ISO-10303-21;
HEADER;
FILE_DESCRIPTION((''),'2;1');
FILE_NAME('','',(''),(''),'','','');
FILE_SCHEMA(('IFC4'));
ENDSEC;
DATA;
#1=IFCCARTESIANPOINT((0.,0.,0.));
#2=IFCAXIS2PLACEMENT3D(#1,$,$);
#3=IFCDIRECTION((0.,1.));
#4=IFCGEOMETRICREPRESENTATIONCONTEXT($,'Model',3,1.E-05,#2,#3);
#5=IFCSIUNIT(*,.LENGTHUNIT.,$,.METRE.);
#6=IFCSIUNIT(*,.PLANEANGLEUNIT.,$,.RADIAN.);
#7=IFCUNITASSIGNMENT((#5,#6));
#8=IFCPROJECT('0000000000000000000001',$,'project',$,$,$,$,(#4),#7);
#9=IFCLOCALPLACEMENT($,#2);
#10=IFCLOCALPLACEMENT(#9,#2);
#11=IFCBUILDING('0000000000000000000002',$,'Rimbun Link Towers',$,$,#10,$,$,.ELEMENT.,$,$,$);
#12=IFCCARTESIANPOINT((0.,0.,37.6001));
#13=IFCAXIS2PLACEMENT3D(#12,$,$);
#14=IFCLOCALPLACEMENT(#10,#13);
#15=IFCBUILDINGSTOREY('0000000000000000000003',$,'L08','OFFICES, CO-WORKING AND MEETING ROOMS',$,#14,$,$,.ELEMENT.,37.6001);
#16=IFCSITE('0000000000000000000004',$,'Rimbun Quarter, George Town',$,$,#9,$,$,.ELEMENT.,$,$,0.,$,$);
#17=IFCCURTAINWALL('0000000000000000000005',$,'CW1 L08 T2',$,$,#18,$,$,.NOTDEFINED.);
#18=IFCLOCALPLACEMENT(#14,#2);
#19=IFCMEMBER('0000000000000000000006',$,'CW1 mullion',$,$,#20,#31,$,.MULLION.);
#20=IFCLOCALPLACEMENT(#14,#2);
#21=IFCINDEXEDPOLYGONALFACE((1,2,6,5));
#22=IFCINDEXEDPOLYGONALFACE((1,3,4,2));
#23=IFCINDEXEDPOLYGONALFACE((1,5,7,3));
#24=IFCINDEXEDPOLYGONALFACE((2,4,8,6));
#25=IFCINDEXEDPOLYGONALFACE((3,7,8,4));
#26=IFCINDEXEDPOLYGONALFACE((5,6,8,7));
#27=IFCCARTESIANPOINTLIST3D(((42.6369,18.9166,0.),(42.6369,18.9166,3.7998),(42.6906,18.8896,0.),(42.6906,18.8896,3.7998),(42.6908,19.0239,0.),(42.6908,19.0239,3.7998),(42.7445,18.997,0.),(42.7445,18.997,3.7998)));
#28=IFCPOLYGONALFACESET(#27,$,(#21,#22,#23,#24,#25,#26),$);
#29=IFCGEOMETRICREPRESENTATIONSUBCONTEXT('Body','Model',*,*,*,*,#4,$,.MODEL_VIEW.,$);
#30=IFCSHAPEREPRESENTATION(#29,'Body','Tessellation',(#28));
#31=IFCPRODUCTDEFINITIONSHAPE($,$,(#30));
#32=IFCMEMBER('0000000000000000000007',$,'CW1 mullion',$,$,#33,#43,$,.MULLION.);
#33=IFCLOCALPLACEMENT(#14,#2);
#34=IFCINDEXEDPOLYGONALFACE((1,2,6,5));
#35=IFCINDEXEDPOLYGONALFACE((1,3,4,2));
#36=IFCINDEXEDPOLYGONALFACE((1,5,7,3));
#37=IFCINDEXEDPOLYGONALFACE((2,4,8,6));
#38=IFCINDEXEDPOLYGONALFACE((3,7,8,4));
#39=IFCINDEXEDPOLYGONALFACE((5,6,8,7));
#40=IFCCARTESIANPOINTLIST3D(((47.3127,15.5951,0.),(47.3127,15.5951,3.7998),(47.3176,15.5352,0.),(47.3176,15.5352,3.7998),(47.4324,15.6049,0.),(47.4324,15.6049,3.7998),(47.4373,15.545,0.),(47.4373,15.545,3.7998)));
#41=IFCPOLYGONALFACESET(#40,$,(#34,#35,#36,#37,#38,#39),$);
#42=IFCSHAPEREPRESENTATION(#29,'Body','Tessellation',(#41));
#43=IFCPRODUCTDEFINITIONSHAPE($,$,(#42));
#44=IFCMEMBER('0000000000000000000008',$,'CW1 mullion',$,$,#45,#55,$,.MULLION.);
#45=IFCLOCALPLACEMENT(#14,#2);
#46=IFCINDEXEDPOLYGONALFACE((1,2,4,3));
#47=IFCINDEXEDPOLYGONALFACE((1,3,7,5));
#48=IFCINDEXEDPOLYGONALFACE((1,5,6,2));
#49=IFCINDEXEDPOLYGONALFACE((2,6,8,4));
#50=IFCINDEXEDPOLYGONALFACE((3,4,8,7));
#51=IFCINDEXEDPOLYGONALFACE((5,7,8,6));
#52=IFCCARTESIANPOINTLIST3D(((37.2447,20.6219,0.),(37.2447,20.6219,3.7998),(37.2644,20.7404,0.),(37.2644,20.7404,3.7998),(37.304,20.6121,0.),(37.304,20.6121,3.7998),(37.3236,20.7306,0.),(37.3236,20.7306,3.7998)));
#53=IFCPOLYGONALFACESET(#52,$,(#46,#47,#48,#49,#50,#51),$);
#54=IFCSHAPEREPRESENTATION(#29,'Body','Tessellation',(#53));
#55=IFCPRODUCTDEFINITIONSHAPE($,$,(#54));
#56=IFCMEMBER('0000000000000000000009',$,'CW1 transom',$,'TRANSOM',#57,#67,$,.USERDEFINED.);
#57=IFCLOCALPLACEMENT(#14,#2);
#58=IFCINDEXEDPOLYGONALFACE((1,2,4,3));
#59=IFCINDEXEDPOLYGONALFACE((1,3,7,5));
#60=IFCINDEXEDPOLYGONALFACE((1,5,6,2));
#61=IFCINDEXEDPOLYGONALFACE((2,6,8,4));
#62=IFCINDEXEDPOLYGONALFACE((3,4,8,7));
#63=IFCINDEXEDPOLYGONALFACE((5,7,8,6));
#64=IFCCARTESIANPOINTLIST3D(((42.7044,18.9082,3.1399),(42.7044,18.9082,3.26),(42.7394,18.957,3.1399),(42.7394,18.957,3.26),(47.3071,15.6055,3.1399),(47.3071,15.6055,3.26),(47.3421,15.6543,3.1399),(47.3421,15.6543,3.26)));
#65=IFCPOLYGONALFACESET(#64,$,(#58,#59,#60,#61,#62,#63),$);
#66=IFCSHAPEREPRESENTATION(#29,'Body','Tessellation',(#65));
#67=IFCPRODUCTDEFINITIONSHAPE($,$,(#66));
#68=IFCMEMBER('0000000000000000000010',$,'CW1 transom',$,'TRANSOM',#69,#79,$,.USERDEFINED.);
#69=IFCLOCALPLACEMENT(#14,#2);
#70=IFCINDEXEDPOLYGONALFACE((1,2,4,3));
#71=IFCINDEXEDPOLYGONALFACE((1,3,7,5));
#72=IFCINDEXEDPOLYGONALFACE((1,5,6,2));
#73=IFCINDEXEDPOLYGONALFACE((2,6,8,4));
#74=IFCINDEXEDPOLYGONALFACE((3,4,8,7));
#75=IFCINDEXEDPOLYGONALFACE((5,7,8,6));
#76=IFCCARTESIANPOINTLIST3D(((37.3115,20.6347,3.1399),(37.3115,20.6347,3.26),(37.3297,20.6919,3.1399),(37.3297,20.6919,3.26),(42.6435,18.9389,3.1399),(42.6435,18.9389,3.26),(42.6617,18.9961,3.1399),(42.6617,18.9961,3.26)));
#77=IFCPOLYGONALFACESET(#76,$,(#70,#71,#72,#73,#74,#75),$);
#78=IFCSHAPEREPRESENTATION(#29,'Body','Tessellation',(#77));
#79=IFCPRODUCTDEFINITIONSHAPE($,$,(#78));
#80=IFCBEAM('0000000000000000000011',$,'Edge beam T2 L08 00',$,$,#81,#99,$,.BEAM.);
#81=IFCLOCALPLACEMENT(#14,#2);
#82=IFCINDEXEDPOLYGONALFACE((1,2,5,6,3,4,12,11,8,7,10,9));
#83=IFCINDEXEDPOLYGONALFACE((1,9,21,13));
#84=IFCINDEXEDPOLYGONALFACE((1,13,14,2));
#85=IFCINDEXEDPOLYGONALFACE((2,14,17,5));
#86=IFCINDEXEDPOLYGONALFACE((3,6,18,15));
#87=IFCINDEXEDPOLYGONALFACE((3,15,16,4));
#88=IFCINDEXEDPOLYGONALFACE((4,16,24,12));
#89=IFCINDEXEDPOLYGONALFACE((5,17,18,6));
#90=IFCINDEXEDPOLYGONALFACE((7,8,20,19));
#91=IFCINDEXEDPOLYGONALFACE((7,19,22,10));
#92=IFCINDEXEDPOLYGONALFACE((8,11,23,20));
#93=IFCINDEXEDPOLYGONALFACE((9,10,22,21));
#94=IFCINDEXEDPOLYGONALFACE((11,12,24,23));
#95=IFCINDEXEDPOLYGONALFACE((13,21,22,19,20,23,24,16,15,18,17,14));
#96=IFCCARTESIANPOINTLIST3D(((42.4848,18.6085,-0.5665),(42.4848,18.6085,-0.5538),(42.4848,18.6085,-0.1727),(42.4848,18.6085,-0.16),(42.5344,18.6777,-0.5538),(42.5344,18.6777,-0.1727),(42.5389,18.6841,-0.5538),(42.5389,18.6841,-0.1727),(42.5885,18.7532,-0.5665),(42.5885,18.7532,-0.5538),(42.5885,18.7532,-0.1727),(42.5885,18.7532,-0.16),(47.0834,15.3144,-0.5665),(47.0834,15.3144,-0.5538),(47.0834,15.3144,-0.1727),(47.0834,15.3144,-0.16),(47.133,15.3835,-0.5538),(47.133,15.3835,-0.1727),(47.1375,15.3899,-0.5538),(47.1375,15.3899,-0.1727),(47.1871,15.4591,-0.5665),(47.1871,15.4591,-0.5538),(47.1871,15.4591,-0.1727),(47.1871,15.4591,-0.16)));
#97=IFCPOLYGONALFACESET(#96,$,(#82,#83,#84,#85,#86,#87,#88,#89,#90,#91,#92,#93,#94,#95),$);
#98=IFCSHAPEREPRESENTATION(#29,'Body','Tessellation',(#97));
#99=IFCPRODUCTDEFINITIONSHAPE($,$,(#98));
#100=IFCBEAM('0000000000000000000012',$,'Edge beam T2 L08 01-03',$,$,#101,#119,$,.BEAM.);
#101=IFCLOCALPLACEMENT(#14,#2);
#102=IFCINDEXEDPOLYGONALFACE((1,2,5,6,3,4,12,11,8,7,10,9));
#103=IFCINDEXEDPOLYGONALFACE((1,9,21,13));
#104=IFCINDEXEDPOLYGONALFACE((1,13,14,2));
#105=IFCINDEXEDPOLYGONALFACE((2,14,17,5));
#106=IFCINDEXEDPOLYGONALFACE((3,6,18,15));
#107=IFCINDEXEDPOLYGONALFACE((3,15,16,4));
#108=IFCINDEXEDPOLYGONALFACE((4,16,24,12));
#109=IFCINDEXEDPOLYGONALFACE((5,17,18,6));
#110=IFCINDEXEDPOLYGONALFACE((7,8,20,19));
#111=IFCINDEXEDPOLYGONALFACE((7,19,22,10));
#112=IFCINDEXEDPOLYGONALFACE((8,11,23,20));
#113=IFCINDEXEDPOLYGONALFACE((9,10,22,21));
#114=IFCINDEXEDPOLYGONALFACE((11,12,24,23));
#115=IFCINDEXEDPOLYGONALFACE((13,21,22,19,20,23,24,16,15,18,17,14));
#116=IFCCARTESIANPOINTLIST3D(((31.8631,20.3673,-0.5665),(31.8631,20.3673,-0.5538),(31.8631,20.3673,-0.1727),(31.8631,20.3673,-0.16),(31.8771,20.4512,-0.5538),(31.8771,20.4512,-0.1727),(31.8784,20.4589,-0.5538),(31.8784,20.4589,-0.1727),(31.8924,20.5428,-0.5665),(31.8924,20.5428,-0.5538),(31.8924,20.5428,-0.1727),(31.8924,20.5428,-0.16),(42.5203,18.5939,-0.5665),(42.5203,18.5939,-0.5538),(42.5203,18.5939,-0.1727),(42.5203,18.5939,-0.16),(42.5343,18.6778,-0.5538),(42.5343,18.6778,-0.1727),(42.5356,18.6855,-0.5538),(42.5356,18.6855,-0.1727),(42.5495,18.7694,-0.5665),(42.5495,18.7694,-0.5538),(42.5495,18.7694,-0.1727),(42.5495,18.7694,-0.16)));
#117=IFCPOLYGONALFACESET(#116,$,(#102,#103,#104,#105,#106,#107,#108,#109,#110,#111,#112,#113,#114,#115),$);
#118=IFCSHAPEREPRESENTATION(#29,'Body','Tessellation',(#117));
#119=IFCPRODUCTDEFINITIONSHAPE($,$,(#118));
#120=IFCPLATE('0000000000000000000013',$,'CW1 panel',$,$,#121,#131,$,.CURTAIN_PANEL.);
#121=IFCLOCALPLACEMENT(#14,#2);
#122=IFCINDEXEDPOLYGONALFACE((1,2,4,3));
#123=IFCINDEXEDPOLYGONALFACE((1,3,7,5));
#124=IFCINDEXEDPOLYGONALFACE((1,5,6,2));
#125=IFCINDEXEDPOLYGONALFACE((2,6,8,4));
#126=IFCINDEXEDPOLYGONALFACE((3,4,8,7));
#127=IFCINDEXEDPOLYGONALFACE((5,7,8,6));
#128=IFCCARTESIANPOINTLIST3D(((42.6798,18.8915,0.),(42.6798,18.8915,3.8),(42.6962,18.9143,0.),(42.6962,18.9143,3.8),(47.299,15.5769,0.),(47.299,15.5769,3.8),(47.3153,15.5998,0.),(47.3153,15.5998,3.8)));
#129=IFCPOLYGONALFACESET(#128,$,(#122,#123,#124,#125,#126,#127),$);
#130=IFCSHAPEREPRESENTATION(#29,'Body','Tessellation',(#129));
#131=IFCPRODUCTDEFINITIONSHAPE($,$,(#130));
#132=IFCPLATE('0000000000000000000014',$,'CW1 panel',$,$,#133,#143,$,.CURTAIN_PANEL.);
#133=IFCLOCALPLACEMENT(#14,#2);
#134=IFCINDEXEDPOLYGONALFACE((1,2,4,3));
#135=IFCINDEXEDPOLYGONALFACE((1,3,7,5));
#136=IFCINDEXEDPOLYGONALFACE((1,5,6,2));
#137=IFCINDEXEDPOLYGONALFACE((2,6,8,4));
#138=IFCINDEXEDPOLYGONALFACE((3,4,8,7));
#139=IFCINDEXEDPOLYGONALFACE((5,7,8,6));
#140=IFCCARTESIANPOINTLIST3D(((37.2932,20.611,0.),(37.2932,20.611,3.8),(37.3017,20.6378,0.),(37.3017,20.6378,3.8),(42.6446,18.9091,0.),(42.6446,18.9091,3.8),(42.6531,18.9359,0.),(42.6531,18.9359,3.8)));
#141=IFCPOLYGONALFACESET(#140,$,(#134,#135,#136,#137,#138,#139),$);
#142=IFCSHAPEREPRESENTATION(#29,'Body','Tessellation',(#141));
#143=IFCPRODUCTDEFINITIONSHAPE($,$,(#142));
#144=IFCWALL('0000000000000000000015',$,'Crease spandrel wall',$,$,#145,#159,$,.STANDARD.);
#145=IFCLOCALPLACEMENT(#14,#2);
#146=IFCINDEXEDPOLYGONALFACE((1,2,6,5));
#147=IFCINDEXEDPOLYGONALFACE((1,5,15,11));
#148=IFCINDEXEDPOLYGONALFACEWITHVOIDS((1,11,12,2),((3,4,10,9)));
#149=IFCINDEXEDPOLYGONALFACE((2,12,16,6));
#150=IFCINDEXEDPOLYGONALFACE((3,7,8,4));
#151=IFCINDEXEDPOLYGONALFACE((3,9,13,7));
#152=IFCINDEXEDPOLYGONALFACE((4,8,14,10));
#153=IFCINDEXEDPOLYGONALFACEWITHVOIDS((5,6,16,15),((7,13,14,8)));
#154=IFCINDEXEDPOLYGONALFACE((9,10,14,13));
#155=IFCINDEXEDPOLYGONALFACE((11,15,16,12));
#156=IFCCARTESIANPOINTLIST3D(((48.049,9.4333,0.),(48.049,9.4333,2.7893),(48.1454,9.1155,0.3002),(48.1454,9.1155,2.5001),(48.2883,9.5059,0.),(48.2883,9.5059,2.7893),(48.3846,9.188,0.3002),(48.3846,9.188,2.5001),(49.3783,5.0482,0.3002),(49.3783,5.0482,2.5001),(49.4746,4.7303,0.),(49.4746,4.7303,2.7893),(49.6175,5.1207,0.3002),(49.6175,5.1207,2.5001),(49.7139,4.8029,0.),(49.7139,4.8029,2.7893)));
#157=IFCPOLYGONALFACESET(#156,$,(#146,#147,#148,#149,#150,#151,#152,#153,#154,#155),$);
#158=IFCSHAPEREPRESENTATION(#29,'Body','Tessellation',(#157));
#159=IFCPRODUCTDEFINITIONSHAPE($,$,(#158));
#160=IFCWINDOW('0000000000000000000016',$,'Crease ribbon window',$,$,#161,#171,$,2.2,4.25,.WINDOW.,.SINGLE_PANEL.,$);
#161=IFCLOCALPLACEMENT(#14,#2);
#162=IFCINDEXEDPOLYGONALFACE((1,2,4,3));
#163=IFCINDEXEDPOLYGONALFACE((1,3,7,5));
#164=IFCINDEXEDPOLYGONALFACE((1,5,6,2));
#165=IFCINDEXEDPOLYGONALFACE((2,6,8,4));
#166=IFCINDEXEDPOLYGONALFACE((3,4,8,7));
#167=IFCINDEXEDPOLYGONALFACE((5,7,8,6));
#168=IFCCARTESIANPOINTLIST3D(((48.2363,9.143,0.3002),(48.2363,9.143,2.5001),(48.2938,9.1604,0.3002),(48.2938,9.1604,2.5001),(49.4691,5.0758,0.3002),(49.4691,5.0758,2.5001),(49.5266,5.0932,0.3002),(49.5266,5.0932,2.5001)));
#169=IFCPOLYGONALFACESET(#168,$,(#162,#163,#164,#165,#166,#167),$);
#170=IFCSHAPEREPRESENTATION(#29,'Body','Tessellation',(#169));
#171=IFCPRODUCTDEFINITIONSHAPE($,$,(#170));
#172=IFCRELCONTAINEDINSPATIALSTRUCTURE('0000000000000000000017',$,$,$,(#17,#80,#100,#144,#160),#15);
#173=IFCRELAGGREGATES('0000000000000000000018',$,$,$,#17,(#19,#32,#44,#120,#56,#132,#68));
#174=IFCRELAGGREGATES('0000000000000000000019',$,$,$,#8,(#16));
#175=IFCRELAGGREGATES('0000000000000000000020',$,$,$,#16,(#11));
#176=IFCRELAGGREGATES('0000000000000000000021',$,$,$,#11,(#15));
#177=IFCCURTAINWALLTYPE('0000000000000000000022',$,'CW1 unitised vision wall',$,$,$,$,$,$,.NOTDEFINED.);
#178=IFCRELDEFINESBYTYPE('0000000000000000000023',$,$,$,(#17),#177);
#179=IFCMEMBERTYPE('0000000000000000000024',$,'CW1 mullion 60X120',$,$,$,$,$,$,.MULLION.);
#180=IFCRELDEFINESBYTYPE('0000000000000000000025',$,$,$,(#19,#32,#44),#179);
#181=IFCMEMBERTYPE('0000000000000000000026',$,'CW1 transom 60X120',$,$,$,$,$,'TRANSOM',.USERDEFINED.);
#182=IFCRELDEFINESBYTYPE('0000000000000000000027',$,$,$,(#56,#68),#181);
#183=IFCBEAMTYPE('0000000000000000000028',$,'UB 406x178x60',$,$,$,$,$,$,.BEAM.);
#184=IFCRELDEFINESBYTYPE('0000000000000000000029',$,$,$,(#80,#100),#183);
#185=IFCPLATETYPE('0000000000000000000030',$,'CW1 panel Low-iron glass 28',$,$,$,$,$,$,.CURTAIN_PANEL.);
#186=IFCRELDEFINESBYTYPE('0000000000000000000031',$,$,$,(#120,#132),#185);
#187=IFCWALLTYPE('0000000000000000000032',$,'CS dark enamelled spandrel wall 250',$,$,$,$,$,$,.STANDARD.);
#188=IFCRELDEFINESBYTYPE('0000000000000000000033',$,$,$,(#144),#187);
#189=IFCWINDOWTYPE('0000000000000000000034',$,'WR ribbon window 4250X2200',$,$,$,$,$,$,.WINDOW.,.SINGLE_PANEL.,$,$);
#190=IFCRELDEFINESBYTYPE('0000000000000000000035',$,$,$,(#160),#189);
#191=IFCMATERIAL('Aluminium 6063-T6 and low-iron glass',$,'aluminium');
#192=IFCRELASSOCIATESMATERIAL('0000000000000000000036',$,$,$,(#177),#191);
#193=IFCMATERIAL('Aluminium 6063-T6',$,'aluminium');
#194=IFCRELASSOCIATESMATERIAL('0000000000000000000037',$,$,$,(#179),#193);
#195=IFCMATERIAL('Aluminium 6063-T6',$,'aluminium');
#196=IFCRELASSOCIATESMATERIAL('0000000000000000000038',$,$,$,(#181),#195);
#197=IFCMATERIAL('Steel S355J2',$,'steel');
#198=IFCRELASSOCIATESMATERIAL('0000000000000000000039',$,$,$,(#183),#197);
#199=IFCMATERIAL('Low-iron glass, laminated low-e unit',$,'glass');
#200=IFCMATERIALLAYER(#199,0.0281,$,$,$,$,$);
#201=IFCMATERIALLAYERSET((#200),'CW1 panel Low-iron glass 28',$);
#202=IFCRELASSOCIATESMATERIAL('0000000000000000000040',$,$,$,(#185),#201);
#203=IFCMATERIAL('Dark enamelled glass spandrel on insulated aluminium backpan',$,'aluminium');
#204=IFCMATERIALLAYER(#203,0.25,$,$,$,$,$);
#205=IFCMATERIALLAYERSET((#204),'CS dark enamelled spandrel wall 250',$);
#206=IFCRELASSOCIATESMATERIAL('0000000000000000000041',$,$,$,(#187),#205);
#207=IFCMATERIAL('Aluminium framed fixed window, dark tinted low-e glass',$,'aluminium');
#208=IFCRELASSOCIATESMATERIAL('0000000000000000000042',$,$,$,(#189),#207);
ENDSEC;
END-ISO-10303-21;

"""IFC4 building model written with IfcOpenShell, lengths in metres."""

from ifc_helpers import new_model, si_unit, direction, frame, frame_2d, origin, origin_2d, place, context, subcontext, project, spatial, rectangle, i_section, extrude, material, layer, layer_set, material_profile, profile_set, type_object, element, fill, aggregate, save


model = new_model("IFC4")

# Units and contexts
model_context = context("Model", 3, precision=1e-05, world=origin(), true_north=direction((0.0, 1.0)))
body_context = subcontext(model_context, "Body", "Model", "MODEL_VIEW")
ifc_project = project(units=[si_unit("LENGTHUNIT", "METRE"), si_unit("PLANEANGLEUNIT", "RADIAN")], contexts=[model_context])

# Site, building, storey
site_placement = place(None, origin())
site = spatial("IfcSite", under=ifc_project, at=site_placement, Name="Rimbun Quarter, George Town", CompositionType="ELEMENT", RefElevation=0.0)
building_placement = place(site_placement, origin())
building = spatial("IfcBuilding", under=site, at=building_placement, Name="Rimbun Link Towers", CompositionType="ELEMENT")
storey_placement = place(building_placement, frame((0.0, 0.0, 37.6001)))
storey = spatial("IfcBuildingStorey", under=building, at=storey_placement, Name="L08", Description="OFFICES, CO-WORKING AND MEETING ROOMS", CompositionType="ELEMENT", Elevation=37.6001)

# Curtain wall, members
ifc_material_1 = material(Name="Aluminium 6063-T6 and low-iron glass", Category="aluminium")
curtain_wall_type = type_object("IfcCurtainWallType", Name="CW1 unitised vision wall", PredefinedType="NOTDEFINED", material=ifc_material_1)
curtain_wall_placement = place(storey_placement, origin())
curtain_wall = element("IfcCurtainWall", 1, at=curtain_wall_placement, inside=storey, type_object=curtain_wall_type, Name="CW1 L08 T2", PredefinedType="NOTDEFINED")
ifc_material_2 = material(Name="Aluminium 6063-T6", Category="aluminium")
ifc_material_profile_1 = material_profile(ifc_material_2, rectangle(XDim=0.1201, YDim=0.0601, at=origin_2d()), Name="MULLION 60X120")
ifc_profile_set_1 = profile_set([ifc_material_profile_1], Name="Aluminium 6063-T6")
member_type_1 = type_object("IfcMemberType", Name="CW1 mullion 60X120", PredefinedType="MULLION", material=ifc_profile_set_1)
member_1_placement = place(storey_placement, frame((42.6907, 18.9568, 0.0), z_axis=(0.0, 0.0, 1.0), x_axis=(0.44857, 0.893747, 0.0)))
member_1 = element("IfcMember", 2, at=member_1_placement, type_object=member_type_1, Name="CW1 mullion", PredefinedType="MULLION", context=body_context, shape_type="SweptSolid", body=[
    extrude(rectangle(XDim=0.1201, YDim=0.0601, at=origin_2d()), origin(), (0.0, 0.0, 1.0), 3.7998),
])
member_2_placement = place(storey_placement, frame((47.375, 15.5701, 0.0), z_axis=(0.0, 0.0, 1.0), x_axis=(0.996681, 0.081402, 0.0)))
member_2 = element("IfcMember", 3, at=member_2_placement, type_object=member_type_1, Name="CW1 mullion", PredefinedType="MULLION", context=body_context, shape_type="SweptSolid", body=[
    extrude(rectangle(XDim=0.1201, YDim=0.0601, at=origin_2d()), origin(), (0.0, 0.0, 1.0), 3.7998),
])
member_3_placement = place(storey_placement, frame((37.2842, 20.6763, 0.0), z_axis=(0.0, 0.0, 1.0), x_axis=(0.163751, 0.986502, 0.0)))
member_3 = element("IfcMember", 4, at=member_3_placement, type_object=member_type_1, Name="CW1 mullion", PredefinedType="MULLION", context=body_context, shape_type="SweptSolid", body=[
    extrude(rectangle(XDim=0.1201, YDim=0.0601, at=origin_2d()), origin(), (0.0, 0.0, 1.0), 3.7998),
])
ifc_material_3 = material(Name="Aluminium 6063-T6", Category="aluminium")
ifc_material_profile_2 = material_profile(ifc_material_3, rectangle(XDim=0.0601, YDim=0.1201, at=origin_2d()), Name="TRANSOM 60X120")
ifc_profile_set_2 = profile_set([ifc_material_profile_2], Name="Aluminium 6063-T6")
member_type_2 = type_object("IfcMemberType", Name="CW1 transom 60X120", ElementType="TRANSOM", PredefinedType="USERDEFINED", material=ifc_profile_set_2)
member_4_placement = place(storey_placement, frame((42.7219, 18.9326, 3.2), z_axis=(0.812477, -0.582994, 0.0), x_axis=(0.582994, 0.812477, 0.0)))
member_4 = element("IfcMember", 5, at=member_4_placement, type_object=member_type_2, Name="CW1 transom", ObjectType="TRANSOM", PredefinedType="USERDEFINED", context=body_context, shape_type="SweptSolid", body=[
    extrude(rectangle(XDim=0.0601, YDim=0.1201, at=origin_2d()), origin(), (0.0, 0.0, 1.0), 5.665),
])
member_5_placement = place(storey_placement, frame((37.3206, 20.6633, 3.2), z_axis=(0.952965, -0.303081, 0.0), x_axis=(0.303081, 0.952965, 0.0)))
member_5 = element("IfcMember", 6, at=member_5_placement, type_object=member_type_2, Name="CW1 transom", ObjectType="TRANSOM", PredefinedType="USERDEFINED", context=body_context, shape_type="SweptSolid", body=[
    extrude(rectangle(XDim=0.0601, YDim=0.1201, at=origin_2d()), origin(), (0.0, 0.0, 1.0), 5.5952),
])

# Beams
ifc_material_4 = material(Name="Steel S355J2", Category="steel")
ifc_material_profile_3 = material_profile(ifc_material_4, i_section(OverallWidth=0.178, OverallDepth=0.4065, WebThickness=0.0078, FlangeThickness=0.0127, at=origin_2d()), Name="UB 406x178x60")
ifc_profile_set_3 = profile_set([ifc_material_profile_3], Name="Steel S355J2")
beam_type = type_object("IfcBeamType", Name="UB 406x178x60", PredefinedType="BEAM", material=ifc_profile_set_3)
beam_1_placement = place(storey_placement, frame((47.1353, 15.3867, -0.3633), z_axis=(-0.812942, 0.582344, 0.0), x_axis=(-0.582344, -0.812942, 0.0)))
element("IfcBeam", 7, at=beam_1_placement, inside=storey, type_object=beam_type, Name="Edge beam T2 L08 00", PredefinedType="BEAM", context=body_context, shape_type="SweptSolid", body=[
    extrude(i_section(OverallWidth=0.178, OverallDepth=0.4065, WebThickness=0.0078, FlangeThickness=0.0127, at=origin_2d()), origin(), (0.0, 0.0, 1.0), 5.6567),
])
beam_2_placement = place(storey_placement, frame((42.5349, 18.6816, -0.3633), z_axis=(-0.986435, 0.16415, 0.0), x_axis=(-0.16415, -0.986435, 0.0)))
element("IfcBeam", 8, at=beam_2_placement, inside=storey, type_object=beam_type, Name="Edge beam T2 L08 01-03", PredefinedType="BEAM", context=body_context, shape_type="SweptSolid", body=[
    extrude(i_section(OverallWidth=0.178, OverallDepth=0.4065, WebThickness=0.0078, FlangeThickness=0.0127, at=origin_2d()), origin(), (0.0, 0.0, 1.0), 10.8037),
])

# Plates
ifc_material_5 = material(Name="Low-iron glass, laminated low-e unit", Category="glass")
ifc_layer_1 = layer(ifc_material_5, 0.0281)
ifc_layer_set_1 = layer_set([ifc_layer_1], Name="CW1 panel Low-iron glass 28")
plate_type = type_object("IfcPlateType", Name="CW1 panel Low-iron glass 28", PredefinedType="CURTAIN_PANEL", material=ifc_layer_set_1)
plate_1_placement = place(storey_placement, frame((44.9976, 17.2456, 0.0), z_axis=(0.0, 0.0, 1.0), x_axis=(0.812474, -0.582998, 0.0)))
plate_1 = element("IfcPlate", 9, at=plate_1_placement, type_object=plate_type, Name="CW1 panel", PredefinedType="CURTAIN_PANEL", context=body_context, shape_type="SweptSolid", body=[
    extrude(rectangle(XDim=5.6853, YDim=0.0281, at=origin_2d()), origin(), (0.0, 0.0, 1.0), 3.8),
])
plate_2_placement = place(storey_placement, frame((39.9731, 19.7734, 0.0), z_axis=(0.0, 0.0, 1.0), x_axis=(0.952967, -0.303074, 0.0)))
plate_2 = element("IfcPlate", 10, at=plate_2_placement, type_object=plate_type, Name="CW1 panel", PredefinedType="CURTAIN_PANEL", context=body_context, shape_type="SweptSolid", body=[
    extrude(rectangle(XDim=5.6155, YDim=0.0281, at=origin_2d()), origin(), (0.0, 0.0, 1.0), 3.8),
])
aggregate(curtain_wall, [member_1, member_2, member_3, plate_1, member_4, plate_2, member_5])

# Wall, opening, window
ifc_material_6 = material(Name="Dark enamelled glass spandrel on insulated aluminium backpan", Category="aluminium")
ifc_layer_2 = layer(ifc_material_6, 0.25)
ifc_layer_set_2 = layer_set([ifc_layer_2], Name="CS dark enamelled spandrel wall 250")
wall_type_1 = type_object("IfcWallType", Name="CS dark enamelled spandrel wall 250", PredefinedType="STANDARD", material=ifc_layer_set_2)
wall_1_placement = place(storey_placement, frame((48.1687, 9.4695, 0.0), z_axis=(0.0, 0.0, 1.0), x_axis=(0.290086, -0.957001, 0.0)))
wall_1 = element("IfcWall", 11, at=wall_1_placement, inside=storey, type_object=wall_type_1, Name="Crease spandrel wall", PredefinedType="STANDARD", context=body_context, shape_type="SweptSolid", body=[
    extrude(rectangle(XDim=4.9143, YDim=0.25, at=frame_2d((2.457, 0.0))), origin(), (0.0, 0.0, 1.0), 2.7893),
])
opening_1_placement = place(wall_1_placement, frame((0.332, 0.0, 0.3)))
opening_1 = element("IfcOpeningElement", 12, at=opening_1_placement, cuts=wall_1, PredefinedType="OPENING", context=body_context, shape_type="SweptSolid", body=[
    extrude(rectangle(XDim=4.25, YDim=2.2, at=frame_2d((2.125, 1.1001))), frame((0.0, 0.135, 0.0), z_axis=(0.0, -1.0, 0.0), x_axis=(1.0, 0.0, 0.0)), (0.0, 0.0, 1.0), 0.27),
])
ifc_material_7 = material(Name="Aluminium framed fixed window, dark tinted low-e glass", Category="aluminium")
window_type_1 = type_object("IfcWindowType", Name="WR ribbon window 4250X2200", PartitioningType="SINGLE_PANEL", PredefinedType="WINDOW", material=ifc_material_7)
window_1_placement = place(opening_1_placement, origin())
window_1 = element("IfcWindow", 13, at=window_1_placement, inside=storey, type_object=window_type_1, Name="Crease ribbon window", OverallHeight=2.2, OverallWidth=4.25, PartitioningType="SINGLE_PANEL", PredefinedType="WINDOW", context=body_context, shape_type="SweptSolid", body=[
    extrude(rectangle(XDim=4.25, YDim=2.2, at=frame_2d((2.125, 1.1001))), frame((0.0, 0.03, 0.0), z_axis=(0.0, -1.0, 0.0), x_axis=(1.0, 0.0, 0.0)), (0.0, 0.0, 1.0), 0.0601),
])
fill(opening_1, window_1)

save(model, "model.ifc")
